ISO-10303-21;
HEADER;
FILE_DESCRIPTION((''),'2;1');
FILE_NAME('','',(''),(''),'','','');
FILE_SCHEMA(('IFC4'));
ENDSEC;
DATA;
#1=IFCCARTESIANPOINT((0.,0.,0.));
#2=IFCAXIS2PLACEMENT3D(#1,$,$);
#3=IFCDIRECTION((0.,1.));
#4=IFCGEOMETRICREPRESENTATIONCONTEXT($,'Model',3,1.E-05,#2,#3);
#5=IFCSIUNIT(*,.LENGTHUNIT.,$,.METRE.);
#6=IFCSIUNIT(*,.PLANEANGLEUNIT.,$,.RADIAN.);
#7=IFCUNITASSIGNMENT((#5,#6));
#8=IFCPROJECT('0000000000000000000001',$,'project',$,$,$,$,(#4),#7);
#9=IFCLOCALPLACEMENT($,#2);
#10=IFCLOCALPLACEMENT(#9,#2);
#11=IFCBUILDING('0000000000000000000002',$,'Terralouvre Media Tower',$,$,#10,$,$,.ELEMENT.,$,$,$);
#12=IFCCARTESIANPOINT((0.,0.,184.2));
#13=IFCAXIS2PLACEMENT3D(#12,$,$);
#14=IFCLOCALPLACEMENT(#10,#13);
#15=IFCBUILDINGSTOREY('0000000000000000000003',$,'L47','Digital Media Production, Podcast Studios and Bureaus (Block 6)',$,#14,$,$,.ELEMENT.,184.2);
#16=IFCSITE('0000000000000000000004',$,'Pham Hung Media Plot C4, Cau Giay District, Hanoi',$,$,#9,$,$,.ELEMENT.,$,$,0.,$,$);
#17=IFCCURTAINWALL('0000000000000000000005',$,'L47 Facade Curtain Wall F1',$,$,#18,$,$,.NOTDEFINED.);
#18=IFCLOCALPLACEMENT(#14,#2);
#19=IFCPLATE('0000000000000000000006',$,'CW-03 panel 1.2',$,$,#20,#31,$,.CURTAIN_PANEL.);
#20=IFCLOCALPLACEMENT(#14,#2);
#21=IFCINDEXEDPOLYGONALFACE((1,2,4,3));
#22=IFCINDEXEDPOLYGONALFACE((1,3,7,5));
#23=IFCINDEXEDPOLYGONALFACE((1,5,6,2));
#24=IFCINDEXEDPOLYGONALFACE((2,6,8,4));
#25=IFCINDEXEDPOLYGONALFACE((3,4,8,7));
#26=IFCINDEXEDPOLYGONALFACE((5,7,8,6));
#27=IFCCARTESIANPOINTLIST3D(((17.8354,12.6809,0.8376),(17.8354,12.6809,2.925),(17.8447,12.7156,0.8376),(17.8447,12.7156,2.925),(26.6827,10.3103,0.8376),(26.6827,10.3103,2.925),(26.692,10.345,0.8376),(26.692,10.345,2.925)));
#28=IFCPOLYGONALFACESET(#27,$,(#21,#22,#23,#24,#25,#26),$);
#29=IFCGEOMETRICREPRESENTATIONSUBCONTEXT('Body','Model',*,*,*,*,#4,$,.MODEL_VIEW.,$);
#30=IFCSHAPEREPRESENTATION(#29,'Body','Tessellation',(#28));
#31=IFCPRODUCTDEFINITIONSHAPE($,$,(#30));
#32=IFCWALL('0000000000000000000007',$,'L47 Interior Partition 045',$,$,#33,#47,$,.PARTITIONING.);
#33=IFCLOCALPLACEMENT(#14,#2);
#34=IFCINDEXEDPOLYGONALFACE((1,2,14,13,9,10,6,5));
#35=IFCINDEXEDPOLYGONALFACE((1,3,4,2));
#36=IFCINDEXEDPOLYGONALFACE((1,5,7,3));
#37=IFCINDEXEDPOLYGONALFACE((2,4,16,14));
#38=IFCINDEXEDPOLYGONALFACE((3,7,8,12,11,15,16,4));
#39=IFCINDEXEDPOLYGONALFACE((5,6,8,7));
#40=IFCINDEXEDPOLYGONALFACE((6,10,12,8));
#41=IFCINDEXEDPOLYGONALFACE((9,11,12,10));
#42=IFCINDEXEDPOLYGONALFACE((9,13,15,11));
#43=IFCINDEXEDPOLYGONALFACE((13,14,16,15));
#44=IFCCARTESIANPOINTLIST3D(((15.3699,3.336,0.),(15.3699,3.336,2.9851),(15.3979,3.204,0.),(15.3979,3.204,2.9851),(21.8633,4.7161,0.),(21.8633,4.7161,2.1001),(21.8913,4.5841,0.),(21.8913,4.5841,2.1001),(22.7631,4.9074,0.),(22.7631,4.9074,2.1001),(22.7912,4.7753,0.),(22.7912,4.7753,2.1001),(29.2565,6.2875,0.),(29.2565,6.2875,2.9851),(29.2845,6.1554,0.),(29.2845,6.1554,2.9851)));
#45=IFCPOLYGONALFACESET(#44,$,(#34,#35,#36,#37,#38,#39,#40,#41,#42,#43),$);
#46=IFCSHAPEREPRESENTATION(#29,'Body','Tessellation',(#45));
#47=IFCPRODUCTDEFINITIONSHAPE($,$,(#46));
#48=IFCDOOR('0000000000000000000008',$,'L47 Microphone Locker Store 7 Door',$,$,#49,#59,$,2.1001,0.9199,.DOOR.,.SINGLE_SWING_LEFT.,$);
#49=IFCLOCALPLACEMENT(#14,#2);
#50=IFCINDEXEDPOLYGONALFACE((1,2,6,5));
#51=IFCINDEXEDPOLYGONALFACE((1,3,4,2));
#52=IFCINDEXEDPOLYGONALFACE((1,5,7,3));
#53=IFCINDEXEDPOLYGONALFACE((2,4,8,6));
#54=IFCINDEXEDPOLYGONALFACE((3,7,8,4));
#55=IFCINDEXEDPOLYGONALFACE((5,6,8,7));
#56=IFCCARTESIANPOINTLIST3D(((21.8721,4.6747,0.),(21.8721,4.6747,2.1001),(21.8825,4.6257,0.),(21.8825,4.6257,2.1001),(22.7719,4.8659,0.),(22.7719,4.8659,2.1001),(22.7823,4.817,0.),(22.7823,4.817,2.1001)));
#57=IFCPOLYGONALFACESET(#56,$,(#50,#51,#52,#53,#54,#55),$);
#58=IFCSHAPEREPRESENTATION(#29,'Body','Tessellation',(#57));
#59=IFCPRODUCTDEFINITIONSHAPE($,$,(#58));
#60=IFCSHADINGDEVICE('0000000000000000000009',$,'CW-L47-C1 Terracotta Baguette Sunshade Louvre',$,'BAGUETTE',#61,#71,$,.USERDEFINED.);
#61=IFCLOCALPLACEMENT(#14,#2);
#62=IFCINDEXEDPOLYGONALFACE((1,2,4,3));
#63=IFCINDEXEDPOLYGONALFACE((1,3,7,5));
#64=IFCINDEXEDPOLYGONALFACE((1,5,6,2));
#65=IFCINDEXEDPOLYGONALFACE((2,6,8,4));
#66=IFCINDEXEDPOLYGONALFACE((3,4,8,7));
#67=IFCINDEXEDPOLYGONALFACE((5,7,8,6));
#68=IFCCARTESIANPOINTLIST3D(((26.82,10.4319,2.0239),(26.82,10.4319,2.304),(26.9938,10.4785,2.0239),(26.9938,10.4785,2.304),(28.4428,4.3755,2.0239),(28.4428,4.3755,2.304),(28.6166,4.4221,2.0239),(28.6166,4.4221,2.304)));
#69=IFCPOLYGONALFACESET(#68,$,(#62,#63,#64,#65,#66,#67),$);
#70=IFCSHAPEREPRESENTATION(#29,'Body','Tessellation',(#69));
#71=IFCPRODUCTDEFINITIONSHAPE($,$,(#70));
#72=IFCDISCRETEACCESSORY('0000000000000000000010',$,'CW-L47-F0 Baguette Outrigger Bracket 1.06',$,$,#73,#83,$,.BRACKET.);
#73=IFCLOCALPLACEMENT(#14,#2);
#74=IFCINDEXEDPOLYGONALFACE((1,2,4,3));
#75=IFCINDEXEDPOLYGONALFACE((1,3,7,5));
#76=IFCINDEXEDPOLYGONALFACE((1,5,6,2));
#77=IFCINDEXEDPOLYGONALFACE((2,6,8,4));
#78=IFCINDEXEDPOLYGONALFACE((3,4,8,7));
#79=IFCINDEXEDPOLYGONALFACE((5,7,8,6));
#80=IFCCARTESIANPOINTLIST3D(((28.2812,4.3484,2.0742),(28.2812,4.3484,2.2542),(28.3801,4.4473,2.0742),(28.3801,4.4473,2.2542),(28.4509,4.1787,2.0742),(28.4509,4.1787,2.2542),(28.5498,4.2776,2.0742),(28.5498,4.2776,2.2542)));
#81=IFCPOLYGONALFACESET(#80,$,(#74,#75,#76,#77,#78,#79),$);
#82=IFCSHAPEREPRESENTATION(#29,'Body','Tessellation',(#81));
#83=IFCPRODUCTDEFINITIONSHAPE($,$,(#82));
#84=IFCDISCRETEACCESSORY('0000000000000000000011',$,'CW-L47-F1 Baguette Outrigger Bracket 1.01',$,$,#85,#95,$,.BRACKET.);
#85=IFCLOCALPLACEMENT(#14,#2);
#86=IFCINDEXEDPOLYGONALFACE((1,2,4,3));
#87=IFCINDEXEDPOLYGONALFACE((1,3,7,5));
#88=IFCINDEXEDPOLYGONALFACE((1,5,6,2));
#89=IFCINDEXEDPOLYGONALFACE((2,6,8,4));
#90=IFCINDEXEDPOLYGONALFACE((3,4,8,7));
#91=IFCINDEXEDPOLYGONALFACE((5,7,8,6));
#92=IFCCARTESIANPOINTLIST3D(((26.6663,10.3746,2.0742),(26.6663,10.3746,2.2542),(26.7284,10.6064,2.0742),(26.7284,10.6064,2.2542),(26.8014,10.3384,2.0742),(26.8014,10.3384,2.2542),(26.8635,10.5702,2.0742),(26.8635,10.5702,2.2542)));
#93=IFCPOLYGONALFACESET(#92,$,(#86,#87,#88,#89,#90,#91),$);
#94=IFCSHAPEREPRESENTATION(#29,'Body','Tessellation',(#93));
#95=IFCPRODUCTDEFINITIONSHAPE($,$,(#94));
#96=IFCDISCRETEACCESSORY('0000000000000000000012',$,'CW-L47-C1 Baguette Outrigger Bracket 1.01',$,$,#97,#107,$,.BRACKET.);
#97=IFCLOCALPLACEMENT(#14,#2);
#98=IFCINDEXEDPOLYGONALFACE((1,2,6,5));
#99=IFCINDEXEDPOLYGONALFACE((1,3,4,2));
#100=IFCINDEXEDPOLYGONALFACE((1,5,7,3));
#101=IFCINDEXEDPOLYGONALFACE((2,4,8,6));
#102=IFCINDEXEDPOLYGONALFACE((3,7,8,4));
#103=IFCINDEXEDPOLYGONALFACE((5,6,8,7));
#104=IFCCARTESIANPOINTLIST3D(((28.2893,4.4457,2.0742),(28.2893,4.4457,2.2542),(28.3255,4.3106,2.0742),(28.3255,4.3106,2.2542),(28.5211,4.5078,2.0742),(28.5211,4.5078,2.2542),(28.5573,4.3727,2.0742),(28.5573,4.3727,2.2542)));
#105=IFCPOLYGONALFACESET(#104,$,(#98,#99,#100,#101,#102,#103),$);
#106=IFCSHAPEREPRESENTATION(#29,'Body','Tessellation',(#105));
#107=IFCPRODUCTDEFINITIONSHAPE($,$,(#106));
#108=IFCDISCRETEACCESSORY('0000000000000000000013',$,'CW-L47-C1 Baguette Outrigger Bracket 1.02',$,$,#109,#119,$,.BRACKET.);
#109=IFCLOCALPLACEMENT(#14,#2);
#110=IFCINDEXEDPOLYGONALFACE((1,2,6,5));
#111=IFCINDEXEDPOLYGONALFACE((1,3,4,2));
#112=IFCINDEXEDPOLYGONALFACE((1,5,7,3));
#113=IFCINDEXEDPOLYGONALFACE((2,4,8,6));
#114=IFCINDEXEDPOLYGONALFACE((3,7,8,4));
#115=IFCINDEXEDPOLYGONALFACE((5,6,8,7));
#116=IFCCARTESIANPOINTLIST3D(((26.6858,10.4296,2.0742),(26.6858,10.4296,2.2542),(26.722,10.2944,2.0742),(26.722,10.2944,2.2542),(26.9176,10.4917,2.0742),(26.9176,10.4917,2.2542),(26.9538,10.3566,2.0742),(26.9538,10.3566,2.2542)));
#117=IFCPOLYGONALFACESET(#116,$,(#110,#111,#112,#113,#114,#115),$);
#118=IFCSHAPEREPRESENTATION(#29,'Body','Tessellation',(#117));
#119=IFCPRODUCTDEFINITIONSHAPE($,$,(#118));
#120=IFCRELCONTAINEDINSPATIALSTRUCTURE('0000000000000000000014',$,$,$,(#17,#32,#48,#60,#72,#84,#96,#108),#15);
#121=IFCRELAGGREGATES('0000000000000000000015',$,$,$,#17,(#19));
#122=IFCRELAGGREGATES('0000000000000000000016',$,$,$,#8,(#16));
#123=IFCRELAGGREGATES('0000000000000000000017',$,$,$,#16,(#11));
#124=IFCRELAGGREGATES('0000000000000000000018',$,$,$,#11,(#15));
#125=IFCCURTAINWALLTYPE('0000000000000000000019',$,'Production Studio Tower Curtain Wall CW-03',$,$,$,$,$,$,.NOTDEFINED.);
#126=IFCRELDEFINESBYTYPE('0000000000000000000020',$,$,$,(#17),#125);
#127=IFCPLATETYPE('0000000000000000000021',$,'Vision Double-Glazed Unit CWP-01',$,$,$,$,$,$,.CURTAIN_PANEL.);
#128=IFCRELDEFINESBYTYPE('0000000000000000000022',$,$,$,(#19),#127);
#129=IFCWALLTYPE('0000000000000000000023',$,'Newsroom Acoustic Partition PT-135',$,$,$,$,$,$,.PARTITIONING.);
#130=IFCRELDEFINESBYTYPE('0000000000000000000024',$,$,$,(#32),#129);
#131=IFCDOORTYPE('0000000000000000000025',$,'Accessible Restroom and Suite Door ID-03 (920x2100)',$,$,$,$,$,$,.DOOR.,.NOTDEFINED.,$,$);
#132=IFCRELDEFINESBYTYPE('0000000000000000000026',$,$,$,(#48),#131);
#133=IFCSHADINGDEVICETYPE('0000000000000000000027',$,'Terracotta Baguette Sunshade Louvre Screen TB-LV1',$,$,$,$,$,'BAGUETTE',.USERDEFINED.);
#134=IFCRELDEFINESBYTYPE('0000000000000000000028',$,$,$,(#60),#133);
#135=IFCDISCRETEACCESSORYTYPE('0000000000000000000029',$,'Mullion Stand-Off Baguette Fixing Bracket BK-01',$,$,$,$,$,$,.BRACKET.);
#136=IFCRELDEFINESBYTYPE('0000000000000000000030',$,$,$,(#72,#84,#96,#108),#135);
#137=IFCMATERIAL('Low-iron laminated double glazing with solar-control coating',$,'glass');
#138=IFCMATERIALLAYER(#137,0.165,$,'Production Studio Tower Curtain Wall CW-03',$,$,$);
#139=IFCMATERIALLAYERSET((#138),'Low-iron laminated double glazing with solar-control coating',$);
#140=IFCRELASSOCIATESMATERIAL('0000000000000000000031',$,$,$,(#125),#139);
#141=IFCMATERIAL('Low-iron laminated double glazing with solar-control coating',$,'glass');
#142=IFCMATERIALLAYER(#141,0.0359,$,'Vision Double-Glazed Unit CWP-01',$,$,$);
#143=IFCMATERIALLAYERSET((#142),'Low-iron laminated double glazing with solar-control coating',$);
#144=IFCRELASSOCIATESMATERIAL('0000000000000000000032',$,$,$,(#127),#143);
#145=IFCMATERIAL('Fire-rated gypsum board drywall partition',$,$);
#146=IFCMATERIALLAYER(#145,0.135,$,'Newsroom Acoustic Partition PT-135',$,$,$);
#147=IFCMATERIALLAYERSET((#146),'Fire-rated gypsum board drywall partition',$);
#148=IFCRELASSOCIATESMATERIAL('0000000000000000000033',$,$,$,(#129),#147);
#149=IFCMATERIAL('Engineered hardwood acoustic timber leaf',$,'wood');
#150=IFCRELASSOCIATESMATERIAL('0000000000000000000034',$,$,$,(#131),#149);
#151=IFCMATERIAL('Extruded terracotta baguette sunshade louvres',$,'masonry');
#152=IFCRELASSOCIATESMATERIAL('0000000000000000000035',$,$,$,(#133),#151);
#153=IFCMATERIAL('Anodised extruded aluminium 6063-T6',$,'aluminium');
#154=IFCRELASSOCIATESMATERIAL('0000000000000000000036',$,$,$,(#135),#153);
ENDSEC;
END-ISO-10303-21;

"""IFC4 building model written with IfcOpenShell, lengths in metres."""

from ifc_helpers import new_model, si_unit, direction, frame, frame_2d, origin, origin_2d, place, context, subcontext, project, spatial, rectangle, extrude, material, layer, layer_set, type_object, element, fill, aggregate, save


model = new_model("IFC4")

# Units and contexts
model_context = context("Model", 3, precision=1e-05, world=origin(), true_north=direction((0.0, 1.0)))
body_context = subcontext(model_context, "Body", "Model", "MODEL_VIEW")
ifc_project = project(units=[si_unit("LENGTHUNIT", "METRE"), si_unit("PLANEANGLEUNIT", "RADIAN")], contexts=[model_context])

# Site, building, storey
site_placement = place(None, origin())
site = spatial("IfcSite", under=ifc_project, at=site_placement, Name="Pham Hung Media Plot C4, Cau Giay District, Hanoi", CompositionType="ELEMENT", RefElevation=0.0)
building_placement = place(site_placement, origin())
building = spatial("IfcBuilding", under=site, at=building_placement, Name="Terralouvre Media Tower", CompositionType="ELEMENT")
storey_placement = place(building_placement, frame((0.0, 0.0, 184.2)))
storey = spatial("IfcBuildingStorey", under=building, at=storey_placement, Name="L47", Description="Digital Media Production, Podcast Studios and Bureaus (Block 6)", CompositionType="ELEMENT", Elevation=184.2)

# Curtain wall
ifc_material_1 = material(Name="Low-iron laminated double glazing with solar-control coating", Category="glass")
ifc_layer_1 = layer(ifc_material_1, 0.165, Name="Production Studio Tower Curtain Wall CW-03")
ifc_layer_set_1 = layer_set([ifc_layer_1], Name="Low-iron laminated double glazing with solar-control coating")
curtain_wall_type_1 = type_object("IfcCurtainWallType", Name="Production Studio Tower Curtain Wall CW-03", PredefinedType="NOTDEFINED", material=ifc_layer_set_1)
curtain_wall_1_placement = place(storey_placement, origin())
curtain_wall_1 = element("IfcCurtainWall", 1, at=curtain_wall_1_placement, inside=storey, type_object=curtain_wall_type_1, Name="L47 Facade Curtain Wall F1", PredefinedType="NOTDEFINED")

# Plate
ifc_material_2 = material(Name="Low-iron laminated double glazing with solar-control coating", Category="glass")
ifc_layer_2 = layer(ifc_material_2, 0.0359, Name="Vision Double-Glazed Unit CWP-01")
ifc_layer_set_2 = layer_set([ifc_layer_2], Name="Low-iron laminated double glazing with solar-control coating")
plate_type_1 = type_object("IfcPlateType", Name="Vision Double-Glazed Unit CWP-01", PredefinedType="CURTAIN_PANEL", material=ifc_layer_set_2)
plate_1_placement = place(storey_placement, frame((22.2637, 11.5129, 0.8376), z_axis=(0.0, 0.0, 1.0), x_axis=(-0.965926, 0.258819, 0.0)))
plate_1 = element("IfcPlate", 2, at=plate_1_placement, type_object=plate_type_1, Name="CW-03 panel 1.2", PredefinedType="CURTAIN_PANEL", context=body_context, shape_type="SweptSolid", body=[
    extrude(rectangle(XDim=9.1594, YDim=0.0359, at=origin_2d()), origin(), (0.0, 0.0, 1.0), 2.0874),
])
aggregate(curtain_wall_1, [plate_1])

# Wall, opening, door
ifc_material_3 = material(Name="Fire-rated gypsum board drywall partition")
ifc_layer_3 = layer(ifc_material_3, 0.135, Name="Newsroom Acoustic Partition PT-135")
ifc_layer_set_3 = layer_set([ifc_layer_3], Name="Fire-rated gypsum board drywall partition")
wall_type = type_object("IfcWallType", Name="Newsroom Acoustic Partition PT-135", PredefinedType="PARTITIONING", material=ifc_layer_set_3)
wall_placement = place(storey_placement, frame((29.2705, 6.2214, 0.0), z_axis=(0.0, 0.0, 1.0), x_axis=(-0.978151, -0.207895, 0.0)))
wall = element("IfcWall", 3, at=wall_placement, inside=storey, type_object=wall_type, Name="L47 Interior Partition 045", PredefinedType="PARTITIONING", context=body_context, shape_type="SweptSolid", body=[
    extrude(rectangle(XDim=14.1968, YDim=0.135, at=frame_2d((7.0984, 0.0))), origin(), (0.0, 0.0, 1.0), 2.9851),
])
opening_placement = place(wall_placement, frame((6.6384, 0.0, 0.0)))
opening = element("IfcOpeningElement", 4, at=opening_placement, cuts=wall, PredefinedType="OPENING", context=body_context, shape_type="SweptSolid", body=[
    extrude(rectangle(XDim=0.9199, YDim=2.1001, at=frame_2d((0.46, 1.05))), frame((0.0, 0.0774, 0.0), z_axis=(0.0, -1.0, 0.0), x_axis=(1.0, 0.0, 0.0)), (0.0, 0.0, 1.0), 0.155),
])
ifc_material_4 = material(Name="Engineered hardwood acoustic timber leaf", Category="wood")
door_type = type_object("IfcDoorType", Name="Accessible Restroom and Suite Door ID-03 (920x2100)", OperationType="NOTDEFINED", PredefinedType="DOOR", material=ifc_material_4)
door_placement = place(opening_placement, origin())
door = element("IfcDoor", 5, at=door_placement, inside=storey, type_object=door_type, Name="L47 Microphone Locker Store 7 Door", OperationType="SINGLE_SWING_LEFT", OverallHeight=2.1001, OverallWidth=0.9199, PredefinedType="DOOR", context=body_context, shape_type="SweptSolid", body=[
    extrude(rectangle(XDim=0.9199, YDim=2.1001, at=frame_2d((0.46, 1.05))), frame((0.0, 0.0249, 0.0), z_axis=(0.0, -1.0, 0.0), x_axis=(1.0, 0.0, 0.0)), (0.0, 0.0, 1.0), 0.05),
])
fill(opening, door)

# Shading device
ifc_material_5 = material(Name="Extruded terracotta baguette sunshade louvres", Category="masonry")
shading_device_type = type_object("IfcShadingDeviceType", Name="Terracotta Baguette Sunshade Louvre Screen TB-LV1", ElementType="BAGUETTE", PredefinedType="USERDEFINED", material=ifc_material_5)
shading_device_placement = place(storey_placement, frame((27.7183, 7.427, 2.0239), z_axis=(0.0, 0.0, 1.0), x_axis=(-0.258819, 0.965926, 0.0)))
element("IfcShadingDevice", 6, at=shading_device_placement, inside=storey, type_object=shading_device_type, Name="CW-L47-C1 Terracotta Baguette Sunshade Louvre", ObjectType="BAGUETTE", PredefinedType="USERDEFINED", context=body_context, shape_type="SweptSolid", body=[
    extrude(rectangle(XDim=6.27, YDim=0.1799, at=origin_2d()), origin(), (0.0, 0.0, 1.0), 0.28),
])

# Discrete accessories
ifc_material_6 = material(Name="Anodised extruded aluminium 6063-T6", Category="aluminium")
discrete_accessory_type = type_object("IfcDiscreteAccessoryType", Name="Mullion Stand-Off Baguette Fixing Bracket BK-01", PredefinedType="BRACKET", material=ifc_material_6)
for number, where, z_axis, x_axis, name in (
    (7, (28.4155, 4.313, 2.0742), (0.0, 0.0, 1.0), (0.707107, 0.707107, 0.0), "CW-L47-F0 Baguette Outrigger Bracket 1.06"),
    (8, (26.7649, 10.4724, 2.0742), (0.0, 0.0, 1.0), (-0.965926, 0.258819, 0.0), "CW-L47-F1 Baguette Outrigger Bracket 1.01"),
    (9, (28.4233, 4.4092, 2.0742), (0.0, 0.0, 1.0), (-0.258819, 0.965926, 0.0), "CW-L47-C1 Baguette Outrigger Bracket 1.01"),
    (10, (26.8198, 10.3931, 2.0742), (0.0, 0.0, 1.0), (-0.258819, 0.965926, 0.0), "CW-L47-C1 Baguette Outrigger Bracket 1.02"),
):
    element("IfcDiscreteAccessory", number, at=place(storey_placement, frame(where, z_axis=z_axis, x_axis=x_axis)), inside=storey, type_object=discrete_accessory_type, Name=name, PredefinedType="BRACKET", context=body_context, shape_type="SweptSolid", body=[
        extrude(rectangle(XDim=0.1399, YDim=0.24, at=origin_2d()), origin(), (0.0, 0.0, 1.0), 0.1799),
    ])

save(model, "model.ifc")
